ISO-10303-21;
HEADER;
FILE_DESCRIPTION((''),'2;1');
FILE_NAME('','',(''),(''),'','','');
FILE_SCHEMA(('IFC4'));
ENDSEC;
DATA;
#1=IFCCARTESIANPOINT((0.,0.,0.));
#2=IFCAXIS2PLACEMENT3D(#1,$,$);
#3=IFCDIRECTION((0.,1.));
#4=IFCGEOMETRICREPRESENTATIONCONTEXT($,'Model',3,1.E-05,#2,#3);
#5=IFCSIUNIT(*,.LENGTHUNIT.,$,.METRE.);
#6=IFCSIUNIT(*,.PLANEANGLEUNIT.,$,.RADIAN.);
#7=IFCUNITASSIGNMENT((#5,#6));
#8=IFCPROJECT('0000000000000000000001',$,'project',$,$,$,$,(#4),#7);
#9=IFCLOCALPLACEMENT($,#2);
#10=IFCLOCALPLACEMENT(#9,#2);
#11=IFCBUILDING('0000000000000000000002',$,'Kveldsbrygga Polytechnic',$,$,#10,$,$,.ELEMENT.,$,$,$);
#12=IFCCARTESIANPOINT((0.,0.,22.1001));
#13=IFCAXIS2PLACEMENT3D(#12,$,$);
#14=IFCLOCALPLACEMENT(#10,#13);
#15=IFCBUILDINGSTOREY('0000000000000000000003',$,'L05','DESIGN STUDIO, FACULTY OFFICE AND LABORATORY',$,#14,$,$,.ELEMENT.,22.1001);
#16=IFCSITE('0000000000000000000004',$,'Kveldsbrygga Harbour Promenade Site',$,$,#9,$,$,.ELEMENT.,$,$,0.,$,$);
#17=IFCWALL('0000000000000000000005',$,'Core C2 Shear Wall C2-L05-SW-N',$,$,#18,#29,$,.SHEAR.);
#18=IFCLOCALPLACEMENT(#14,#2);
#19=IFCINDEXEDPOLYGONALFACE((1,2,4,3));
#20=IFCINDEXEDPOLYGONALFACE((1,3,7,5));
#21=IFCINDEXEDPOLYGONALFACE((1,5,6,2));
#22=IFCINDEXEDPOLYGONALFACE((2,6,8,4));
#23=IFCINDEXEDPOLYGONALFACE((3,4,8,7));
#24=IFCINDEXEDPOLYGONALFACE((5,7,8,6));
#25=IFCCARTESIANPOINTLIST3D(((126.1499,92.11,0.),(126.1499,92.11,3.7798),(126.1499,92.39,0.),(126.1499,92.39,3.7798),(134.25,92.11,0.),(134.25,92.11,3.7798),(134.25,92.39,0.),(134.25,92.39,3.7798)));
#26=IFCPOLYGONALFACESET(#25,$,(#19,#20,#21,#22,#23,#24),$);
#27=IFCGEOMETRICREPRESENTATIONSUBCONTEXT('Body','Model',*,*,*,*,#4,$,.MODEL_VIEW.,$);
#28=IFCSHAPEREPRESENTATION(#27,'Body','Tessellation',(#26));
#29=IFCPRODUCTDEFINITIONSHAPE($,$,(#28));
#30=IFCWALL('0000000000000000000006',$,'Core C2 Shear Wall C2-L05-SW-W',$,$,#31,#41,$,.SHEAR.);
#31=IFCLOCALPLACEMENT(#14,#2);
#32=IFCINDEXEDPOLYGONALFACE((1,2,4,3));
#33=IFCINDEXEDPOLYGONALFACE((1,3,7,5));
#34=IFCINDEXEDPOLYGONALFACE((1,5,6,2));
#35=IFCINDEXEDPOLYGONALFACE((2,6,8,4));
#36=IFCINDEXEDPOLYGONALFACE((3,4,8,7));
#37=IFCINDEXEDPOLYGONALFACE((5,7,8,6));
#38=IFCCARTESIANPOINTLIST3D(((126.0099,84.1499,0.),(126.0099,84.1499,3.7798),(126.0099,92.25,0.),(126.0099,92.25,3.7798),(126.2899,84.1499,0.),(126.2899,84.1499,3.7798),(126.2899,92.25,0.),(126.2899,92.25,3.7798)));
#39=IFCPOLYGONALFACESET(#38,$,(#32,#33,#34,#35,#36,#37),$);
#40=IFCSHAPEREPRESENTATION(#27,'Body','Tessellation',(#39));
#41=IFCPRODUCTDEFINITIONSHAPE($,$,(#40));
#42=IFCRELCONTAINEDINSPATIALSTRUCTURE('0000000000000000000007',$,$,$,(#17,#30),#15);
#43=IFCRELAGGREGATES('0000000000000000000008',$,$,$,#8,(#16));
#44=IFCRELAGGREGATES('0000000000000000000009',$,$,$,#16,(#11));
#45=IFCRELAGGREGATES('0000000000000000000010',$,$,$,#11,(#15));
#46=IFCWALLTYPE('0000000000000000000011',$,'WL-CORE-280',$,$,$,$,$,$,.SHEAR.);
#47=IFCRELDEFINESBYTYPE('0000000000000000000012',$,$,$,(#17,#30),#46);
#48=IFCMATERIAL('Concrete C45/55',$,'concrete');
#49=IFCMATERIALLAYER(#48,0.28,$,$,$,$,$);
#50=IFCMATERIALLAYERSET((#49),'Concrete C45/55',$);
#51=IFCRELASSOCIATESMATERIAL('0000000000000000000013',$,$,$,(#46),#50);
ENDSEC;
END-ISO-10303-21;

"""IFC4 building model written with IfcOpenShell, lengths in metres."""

from ifc_helpers import new_model, si_unit, direction, frame, frame_2d, origin, place, context, subcontext, project, spatial, rectangle, extrude, material, layer, layer_set, type_object, element, save


model = new_model("IFC4")

# Units and contexts
model_context = context("Model", 3, precision=1e-05, world=origin(), true_north=direction((0.0, 1.0)))
body_context = subcontext(model_context, "Body", "Model", "MODEL_VIEW")
ifc_project = project(units=[si_unit("LENGTHUNIT", "METRE"), si_unit("PLANEANGLEUNIT", "RADIAN")], contexts=[model_context])

# Site, building, storey
site_placement = place(None, origin())
site = spatial("IfcSite", under=ifc_project, at=site_placement, Name="Kveldsbrygga Harbour Promenade Site", CompositionType="ELEMENT", RefElevation=0.0)
building_placement = place(site_placement, origin())
building = spatial("IfcBuilding", under=site, at=building_placement, Name="Kveldsbrygga Polytechnic", CompositionType="ELEMENT")
storey_placement = place(building_placement, frame((0.0, 0.0, 22.1001)))
storey = spatial("IfcBuildingStorey", under=building, at=storey_placement, Name="L05", Description="DESIGN STUDIO, FACULTY OFFICE AND LABORATORY", CompositionType="ELEMENT", Elevation=22.1001)

# Shared definitions
ifc_material_1 = material(Name="Concrete C45/55", Category="concrete")
ifc_layer_1 = layer(ifc_material_1, 0.28)
ifc_layer_set_1 = layer_set([ifc_layer_1], Name="Concrete C45/55")
wall_type_1 = type_object("IfcWallType", Name="WL-CORE-280", PredefinedType="SHEAR", material=ifc_layer_set_1)

# Walls
for number, where, z_axis, x_axis, name in (
    (1, (126.1499, 92.25, 0.0), (0.0, 0.0, 1.0), (1.0, 0.0, 0.0), "Core C2 Shear Wall C2-L05-SW-N"),
    (2, (126.1499, 84.1499, 0.0), (0.0, 0.0, 1.0), (0.0, 1.0, 0.0), "Core C2 Shear Wall C2-L05-SW-W"),
):
    element("IfcWall", number, at=place(storey_placement, frame(where, z_axis=z_axis, x_axis=x_axis)), inside=storey, type_object=wall_type_1, Name=name, PredefinedType="SHEAR", context=body_context, shape_type="SweptSolid", body=[
        extrude(rectangle(XDim=8.1001, YDim=0.28, at=frame_2d((4.05, 0.0))), origin(), (0.0, 0.0, 1.0), 3.7798),
    ])

save(model, "model.ifc")
